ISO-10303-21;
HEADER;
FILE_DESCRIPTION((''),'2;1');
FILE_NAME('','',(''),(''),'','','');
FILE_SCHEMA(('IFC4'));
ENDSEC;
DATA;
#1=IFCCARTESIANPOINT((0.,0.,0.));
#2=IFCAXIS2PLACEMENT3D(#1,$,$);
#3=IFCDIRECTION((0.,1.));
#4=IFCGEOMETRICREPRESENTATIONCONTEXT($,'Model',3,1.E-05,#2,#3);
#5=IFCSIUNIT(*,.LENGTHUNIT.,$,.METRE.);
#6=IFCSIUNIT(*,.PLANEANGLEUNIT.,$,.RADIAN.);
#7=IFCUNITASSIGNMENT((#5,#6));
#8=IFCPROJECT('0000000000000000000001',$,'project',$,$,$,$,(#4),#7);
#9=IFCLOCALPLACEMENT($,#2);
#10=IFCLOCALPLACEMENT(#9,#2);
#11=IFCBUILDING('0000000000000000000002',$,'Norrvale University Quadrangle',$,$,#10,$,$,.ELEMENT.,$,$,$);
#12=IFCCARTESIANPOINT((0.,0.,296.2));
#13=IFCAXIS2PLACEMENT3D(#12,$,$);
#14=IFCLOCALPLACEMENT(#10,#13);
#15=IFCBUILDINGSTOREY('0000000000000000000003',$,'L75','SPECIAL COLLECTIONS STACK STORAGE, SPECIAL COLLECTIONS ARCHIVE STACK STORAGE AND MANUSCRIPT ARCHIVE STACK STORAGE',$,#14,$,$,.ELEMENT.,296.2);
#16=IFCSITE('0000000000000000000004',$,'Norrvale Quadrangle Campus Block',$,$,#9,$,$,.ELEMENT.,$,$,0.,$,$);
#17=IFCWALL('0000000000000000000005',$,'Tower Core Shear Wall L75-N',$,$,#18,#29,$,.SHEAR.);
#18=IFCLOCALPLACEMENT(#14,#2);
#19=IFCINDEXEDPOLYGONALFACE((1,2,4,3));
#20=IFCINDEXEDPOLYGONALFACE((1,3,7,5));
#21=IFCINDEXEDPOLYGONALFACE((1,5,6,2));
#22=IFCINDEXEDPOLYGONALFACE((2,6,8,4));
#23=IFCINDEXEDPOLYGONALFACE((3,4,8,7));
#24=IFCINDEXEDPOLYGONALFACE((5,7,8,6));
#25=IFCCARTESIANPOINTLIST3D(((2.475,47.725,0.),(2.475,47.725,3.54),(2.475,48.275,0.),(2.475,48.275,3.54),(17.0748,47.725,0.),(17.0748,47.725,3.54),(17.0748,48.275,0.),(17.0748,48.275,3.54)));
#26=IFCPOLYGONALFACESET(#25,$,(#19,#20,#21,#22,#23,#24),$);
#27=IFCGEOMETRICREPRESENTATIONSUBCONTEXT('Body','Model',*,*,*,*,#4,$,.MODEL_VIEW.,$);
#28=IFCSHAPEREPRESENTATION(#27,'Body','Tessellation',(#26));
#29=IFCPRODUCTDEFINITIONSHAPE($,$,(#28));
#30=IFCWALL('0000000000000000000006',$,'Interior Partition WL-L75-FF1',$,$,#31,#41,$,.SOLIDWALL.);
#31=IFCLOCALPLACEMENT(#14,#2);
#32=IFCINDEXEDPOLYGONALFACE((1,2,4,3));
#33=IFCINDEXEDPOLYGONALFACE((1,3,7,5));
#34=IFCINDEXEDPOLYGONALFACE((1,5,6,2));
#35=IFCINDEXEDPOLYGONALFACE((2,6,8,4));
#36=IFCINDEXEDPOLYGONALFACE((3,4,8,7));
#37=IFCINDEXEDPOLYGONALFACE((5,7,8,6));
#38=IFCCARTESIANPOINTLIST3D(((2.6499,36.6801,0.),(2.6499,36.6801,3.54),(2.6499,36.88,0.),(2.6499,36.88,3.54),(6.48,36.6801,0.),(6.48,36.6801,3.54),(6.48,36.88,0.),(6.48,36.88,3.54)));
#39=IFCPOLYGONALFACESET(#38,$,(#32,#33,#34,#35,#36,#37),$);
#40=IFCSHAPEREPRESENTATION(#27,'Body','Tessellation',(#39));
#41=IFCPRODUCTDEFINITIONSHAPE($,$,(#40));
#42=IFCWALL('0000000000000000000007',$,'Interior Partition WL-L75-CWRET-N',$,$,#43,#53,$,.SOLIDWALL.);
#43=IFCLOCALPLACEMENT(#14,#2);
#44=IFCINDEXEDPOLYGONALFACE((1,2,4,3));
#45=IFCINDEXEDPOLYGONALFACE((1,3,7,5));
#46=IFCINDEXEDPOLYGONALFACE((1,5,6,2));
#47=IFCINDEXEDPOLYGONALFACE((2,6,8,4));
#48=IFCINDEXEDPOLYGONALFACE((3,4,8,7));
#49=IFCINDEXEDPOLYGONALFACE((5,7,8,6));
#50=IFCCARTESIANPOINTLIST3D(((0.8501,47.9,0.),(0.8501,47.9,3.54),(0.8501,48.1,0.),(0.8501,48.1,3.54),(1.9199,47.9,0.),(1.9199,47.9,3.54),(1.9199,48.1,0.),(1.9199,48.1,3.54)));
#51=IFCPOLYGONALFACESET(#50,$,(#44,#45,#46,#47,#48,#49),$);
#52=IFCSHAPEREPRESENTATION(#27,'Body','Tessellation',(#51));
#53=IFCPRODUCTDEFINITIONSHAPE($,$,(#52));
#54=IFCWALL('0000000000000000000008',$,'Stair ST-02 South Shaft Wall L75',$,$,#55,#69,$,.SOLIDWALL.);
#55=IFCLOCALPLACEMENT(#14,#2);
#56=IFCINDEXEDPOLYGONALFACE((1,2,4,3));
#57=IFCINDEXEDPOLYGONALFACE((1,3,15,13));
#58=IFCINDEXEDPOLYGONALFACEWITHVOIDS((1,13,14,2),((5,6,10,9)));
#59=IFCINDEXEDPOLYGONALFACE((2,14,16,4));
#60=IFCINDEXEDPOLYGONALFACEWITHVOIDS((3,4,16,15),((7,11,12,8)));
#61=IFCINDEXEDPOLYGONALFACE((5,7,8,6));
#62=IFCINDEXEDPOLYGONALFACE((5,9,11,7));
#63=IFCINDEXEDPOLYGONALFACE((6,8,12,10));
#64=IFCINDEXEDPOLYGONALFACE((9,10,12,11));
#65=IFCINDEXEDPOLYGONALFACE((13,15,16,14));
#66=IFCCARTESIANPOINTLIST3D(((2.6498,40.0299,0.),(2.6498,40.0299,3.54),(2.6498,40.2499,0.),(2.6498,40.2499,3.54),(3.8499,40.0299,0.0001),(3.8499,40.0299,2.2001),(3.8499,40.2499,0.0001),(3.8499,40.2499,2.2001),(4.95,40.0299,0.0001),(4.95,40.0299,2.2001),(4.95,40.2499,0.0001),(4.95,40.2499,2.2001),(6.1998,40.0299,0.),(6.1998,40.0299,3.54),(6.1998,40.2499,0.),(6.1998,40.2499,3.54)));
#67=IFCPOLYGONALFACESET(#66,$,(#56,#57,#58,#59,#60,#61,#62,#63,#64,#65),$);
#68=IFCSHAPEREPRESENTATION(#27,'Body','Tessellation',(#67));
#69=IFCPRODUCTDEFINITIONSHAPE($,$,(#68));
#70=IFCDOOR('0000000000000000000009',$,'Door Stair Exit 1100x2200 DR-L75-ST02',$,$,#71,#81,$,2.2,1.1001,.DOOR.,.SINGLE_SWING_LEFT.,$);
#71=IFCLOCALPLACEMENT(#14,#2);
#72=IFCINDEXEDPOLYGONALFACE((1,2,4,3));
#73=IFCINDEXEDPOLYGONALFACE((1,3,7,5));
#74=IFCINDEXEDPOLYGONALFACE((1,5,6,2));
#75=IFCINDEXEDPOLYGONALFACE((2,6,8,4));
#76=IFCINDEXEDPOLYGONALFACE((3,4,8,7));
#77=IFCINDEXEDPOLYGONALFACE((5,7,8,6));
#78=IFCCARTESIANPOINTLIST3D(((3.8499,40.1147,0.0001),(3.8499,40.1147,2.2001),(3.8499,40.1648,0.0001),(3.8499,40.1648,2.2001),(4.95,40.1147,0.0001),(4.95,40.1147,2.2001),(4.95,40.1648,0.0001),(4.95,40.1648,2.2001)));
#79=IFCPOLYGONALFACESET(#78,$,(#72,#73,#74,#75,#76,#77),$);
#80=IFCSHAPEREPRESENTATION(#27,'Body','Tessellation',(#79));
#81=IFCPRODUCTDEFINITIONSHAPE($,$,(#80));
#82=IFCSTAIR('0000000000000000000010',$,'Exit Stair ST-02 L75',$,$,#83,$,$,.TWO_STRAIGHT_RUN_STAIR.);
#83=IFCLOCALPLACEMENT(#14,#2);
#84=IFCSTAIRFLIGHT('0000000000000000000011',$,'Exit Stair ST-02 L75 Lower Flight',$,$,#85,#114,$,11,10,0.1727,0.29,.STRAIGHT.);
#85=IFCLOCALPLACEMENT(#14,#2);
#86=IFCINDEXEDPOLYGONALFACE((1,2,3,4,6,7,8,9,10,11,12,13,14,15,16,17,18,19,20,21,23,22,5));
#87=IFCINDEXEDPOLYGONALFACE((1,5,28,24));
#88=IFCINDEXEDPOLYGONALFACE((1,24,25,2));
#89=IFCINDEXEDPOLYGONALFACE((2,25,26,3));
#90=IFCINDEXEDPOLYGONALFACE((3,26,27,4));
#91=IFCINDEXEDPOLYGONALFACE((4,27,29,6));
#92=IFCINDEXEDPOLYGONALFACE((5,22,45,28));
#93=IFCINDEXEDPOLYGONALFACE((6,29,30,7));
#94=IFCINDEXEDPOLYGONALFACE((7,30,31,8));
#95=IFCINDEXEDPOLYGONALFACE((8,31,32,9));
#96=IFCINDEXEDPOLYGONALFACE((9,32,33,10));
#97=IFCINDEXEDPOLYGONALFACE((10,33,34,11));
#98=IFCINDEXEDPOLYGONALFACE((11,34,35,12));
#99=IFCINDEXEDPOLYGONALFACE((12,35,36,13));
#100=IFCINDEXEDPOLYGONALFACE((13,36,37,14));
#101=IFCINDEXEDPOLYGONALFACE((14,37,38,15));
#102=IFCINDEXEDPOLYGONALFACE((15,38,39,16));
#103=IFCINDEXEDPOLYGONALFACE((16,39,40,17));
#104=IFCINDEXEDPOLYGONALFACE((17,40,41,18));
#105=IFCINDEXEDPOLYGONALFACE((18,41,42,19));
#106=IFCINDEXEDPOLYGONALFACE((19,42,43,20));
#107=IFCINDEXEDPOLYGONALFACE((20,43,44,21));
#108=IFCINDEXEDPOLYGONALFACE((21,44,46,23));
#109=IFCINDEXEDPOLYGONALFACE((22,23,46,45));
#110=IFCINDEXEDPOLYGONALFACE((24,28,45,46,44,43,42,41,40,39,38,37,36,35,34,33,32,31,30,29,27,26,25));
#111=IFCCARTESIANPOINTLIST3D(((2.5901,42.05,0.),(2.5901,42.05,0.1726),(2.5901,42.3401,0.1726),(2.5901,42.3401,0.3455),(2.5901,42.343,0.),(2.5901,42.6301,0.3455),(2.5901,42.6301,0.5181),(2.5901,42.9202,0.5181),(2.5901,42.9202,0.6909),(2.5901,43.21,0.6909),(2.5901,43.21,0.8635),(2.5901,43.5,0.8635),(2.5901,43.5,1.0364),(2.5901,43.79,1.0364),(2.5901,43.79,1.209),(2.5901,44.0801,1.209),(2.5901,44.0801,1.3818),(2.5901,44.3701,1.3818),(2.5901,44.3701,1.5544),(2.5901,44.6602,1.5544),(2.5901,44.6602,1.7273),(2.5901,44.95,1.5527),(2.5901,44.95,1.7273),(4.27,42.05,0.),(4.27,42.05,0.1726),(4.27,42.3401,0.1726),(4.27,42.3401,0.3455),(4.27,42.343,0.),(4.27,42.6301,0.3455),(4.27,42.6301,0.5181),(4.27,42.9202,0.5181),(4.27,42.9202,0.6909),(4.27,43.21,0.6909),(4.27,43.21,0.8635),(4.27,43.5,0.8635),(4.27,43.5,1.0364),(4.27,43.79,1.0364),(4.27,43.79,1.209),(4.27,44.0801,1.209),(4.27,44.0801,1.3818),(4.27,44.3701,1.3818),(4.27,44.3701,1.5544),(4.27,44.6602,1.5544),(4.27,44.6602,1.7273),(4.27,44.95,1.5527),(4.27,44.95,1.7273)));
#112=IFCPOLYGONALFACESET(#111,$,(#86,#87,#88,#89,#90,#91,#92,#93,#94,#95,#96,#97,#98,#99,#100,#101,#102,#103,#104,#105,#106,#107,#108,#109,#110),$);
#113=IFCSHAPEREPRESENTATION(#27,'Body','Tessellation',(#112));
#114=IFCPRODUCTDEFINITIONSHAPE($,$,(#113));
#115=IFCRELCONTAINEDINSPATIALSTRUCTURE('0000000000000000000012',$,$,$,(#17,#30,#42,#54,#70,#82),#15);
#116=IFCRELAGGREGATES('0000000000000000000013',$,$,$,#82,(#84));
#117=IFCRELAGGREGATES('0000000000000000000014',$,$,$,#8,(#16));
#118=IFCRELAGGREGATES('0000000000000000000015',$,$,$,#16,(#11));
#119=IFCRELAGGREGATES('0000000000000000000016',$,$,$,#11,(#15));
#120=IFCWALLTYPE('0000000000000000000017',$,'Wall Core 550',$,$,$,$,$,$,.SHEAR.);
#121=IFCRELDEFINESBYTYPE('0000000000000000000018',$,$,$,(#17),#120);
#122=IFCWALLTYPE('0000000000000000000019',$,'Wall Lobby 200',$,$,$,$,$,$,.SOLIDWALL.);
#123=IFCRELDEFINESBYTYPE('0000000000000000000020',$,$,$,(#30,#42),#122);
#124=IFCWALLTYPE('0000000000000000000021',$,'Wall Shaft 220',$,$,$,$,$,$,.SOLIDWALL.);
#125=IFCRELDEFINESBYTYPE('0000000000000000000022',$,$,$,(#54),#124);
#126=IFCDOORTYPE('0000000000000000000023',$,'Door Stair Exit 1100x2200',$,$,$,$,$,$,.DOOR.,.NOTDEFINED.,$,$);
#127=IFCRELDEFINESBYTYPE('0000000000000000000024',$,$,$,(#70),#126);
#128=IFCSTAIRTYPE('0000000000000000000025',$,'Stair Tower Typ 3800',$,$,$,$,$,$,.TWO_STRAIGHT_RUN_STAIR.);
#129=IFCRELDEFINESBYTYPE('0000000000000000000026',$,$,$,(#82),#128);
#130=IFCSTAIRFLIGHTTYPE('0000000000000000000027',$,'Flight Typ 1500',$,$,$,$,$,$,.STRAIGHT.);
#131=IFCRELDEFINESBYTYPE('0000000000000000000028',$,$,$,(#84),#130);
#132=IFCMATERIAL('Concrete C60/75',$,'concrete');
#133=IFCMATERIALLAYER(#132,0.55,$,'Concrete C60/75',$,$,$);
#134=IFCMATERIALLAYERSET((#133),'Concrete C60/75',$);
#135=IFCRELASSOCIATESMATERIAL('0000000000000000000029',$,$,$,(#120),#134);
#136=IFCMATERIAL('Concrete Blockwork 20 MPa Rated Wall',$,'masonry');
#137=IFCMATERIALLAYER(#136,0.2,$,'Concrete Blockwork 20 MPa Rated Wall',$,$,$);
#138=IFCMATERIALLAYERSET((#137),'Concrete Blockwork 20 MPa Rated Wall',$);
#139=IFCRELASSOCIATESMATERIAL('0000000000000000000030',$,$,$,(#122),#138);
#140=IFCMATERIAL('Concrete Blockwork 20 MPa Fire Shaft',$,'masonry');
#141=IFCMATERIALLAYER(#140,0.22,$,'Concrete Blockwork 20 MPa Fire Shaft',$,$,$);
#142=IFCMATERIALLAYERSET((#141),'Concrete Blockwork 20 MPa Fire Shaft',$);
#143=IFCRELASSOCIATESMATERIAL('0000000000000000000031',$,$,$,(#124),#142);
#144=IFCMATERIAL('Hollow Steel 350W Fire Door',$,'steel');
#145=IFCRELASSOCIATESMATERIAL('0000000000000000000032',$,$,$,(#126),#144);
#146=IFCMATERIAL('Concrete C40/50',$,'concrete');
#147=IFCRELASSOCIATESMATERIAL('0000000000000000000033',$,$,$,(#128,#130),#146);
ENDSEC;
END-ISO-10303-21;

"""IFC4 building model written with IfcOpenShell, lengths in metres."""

from ifc_helpers import new_model, si_unit, direction, frame, frame_2d, origin, place, context, subcontext, project, spatial, polyline, rectangle, outline, extrude, material, layer, layer_set, type_object, element, fill, aggregate, save


model = new_model("IFC4")

# Units and contexts
model_context = context("Model", 3, precision=1e-05, world=origin(), true_north=direction((0.0, 1.0)))
body_context = subcontext(model_context, "Body", "Model", "MODEL_VIEW")
ifc_project = project(units=[si_unit("LENGTHUNIT", "METRE"), si_unit("PLANEANGLEUNIT", "RADIAN")], contexts=[model_context])

# Site, building, storey
site_placement = place(None, origin())
site = spatial("IfcSite", under=ifc_project, at=site_placement, Name="Norrvale Quadrangle Campus Block", CompositionType="ELEMENT", RefElevation=0.0)
building_placement = place(site_placement, origin())
building = spatial("IfcBuilding", under=site, at=building_placement, Name="Norrvale University Quadrangle", CompositionType="ELEMENT")
storey_placement = place(building_placement, frame((0.0, 0.0, 296.2)))
storey = spatial("IfcBuildingStorey", under=building, at=storey_placement, Name="L75", Description="SPECIAL COLLECTIONS STACK STORAGE, SPECIAL COLLECTIONS ARCHIVE STACK STORAGE AND MANUSCRIPT ARCHIVE STACK STORAGE", CompositionType="ELEMENT", Elevation=296.2)

# Shared definitions
ifc_material_1 = material(Name="Concrete C60/75", Category="concrete")

# Walls
ifc_layer_1 = layer(ifc_material_1, 0.55, Name="Concrete C60/75")
ifc_layer_set_1 = layer_set([ifc_layer_1], Name="Concrete C60/75")
wall_type_1 = type_object("IfcWallType", Name="Wall Core 550", PredefinedType="SHEAR", material=ifc_layer_set_1)
wall_1_placement = place(storey_placement, frame((2.4751, 48.0, 0.0), z_axis=(0.0, 0.0, 1.0), x_axis=(1.0, 0.0, 0.0)))
element("IfcWall", 1, at=wall_1_placement, inside=storey, type_object=wall_type_1, Name="Tower Core Shear Wall L75-N", PredefinedType="SHEAR", context=body_context, shape_type="SweptSolid", body=[
    extrude(rectangle(XDim=14.5999, YDim=0.55, at=frame_2d((7.2998, 0.0))), origin(), (0.0, 0.0, 1.0), 3.54),
])
ifc_material_2 = material(Name="Concrete Blockwork 20 MPa Rated Wall", Category="masonry")
ifc_layer_2 = layer(ifc_material_2, 0.2, Name="Concrete Blockwork 20 MPa Rated Wall")
ifc_layer_set_2 = layer_set([ifc_layer_2], Name="Concrete Blockwork 20 MPa Rated Wall")
wall_type_2 = type_object("IfcWallType", Name="Wall Lobby 200", PredefinedType="SOLIDWALL", material=ifc_layer_set_2)
wall_2_placement = place(storey_placement, frame((2.6499, 36.78, 0.0), z_axis=(0.0, 0.0, 1.0), x_axis=(1.0, 0.0, 0.0)))
element("IfcWall", 2, at=wall_2_placement, inside=storey, type_object=wall_type_2, Name="Interior Partition WL-L75-FF1", PredefinedType="SOLIDWALL", context=body_context, shape_type="SweptSolid", body=[
    extrude(rectangle(XDim=3.8301, YDim=0.2, at=frame_2d((1.915, 0.0))), origin(), (0.0, 0.0, 1.0), 3.54),
])
wall_3_placement = place(storey_placement, frame((0.8501, 48.0, 0.0), z_axis=(0.0, 0.0, 1.0), x_axis=(1.0, 0.0, 0.0)))
element("IfcWall", 3, at=wall_3_placement, inside=storey, type_object=wall_type_2, Name="Interior Partition WL-L75-CWRET-N", PredefinedType="SOLIDWALL", context=body_context, shape_type="SweptSolid", body=[
    extrude(rectangle(XDim=1.0698, YDim=0.2, at=frame_2d((0.5349, 0.0))), origin(), (0.0, 0.0, 1.0), 3.54),
])

# Wall, opening, door
ifc_material_3 = material(Name="Concrete Blockwork 20 MPa Fire Shaft", Category="masonry")
ifc_layer_3 = layer(ifc_material_3, 0.22, Name="Concrete Blockwork 20 MPa Fire Shaft")
ifc_layer_set_3 = layer_set([ifc_layer_3], Name="Concrete Blockwork 20 MPa Fire Shaft")
wall_type_3 = type_object("IfcWallType", Name="Wall Shaft 220", PredefinedType="SOLIDWALL", material=ifc_layer_set_3)
wall_4_placement = place(storey_placement, frame((2.6499, 40.1399, 0.0), z_axis=(0.0, 0.0, 1.0), x_axis=(1.0, 0.0, 0.0)))
wall_4 = element("IfcWall", 4, at=wall_4_placement, inside=storey, type_object=wall_type_3, Name="Stair ST-02 South Shaft Wall L75", PredefinedType="SOLIDWALL", context=body_context, shape_type="SweptSolid", body=[
    extrude(rectangle(XDim=3.55, YDim=0.22, at=frame_2d((1.7749, 0.0))), origin(), (0.0, 0.0, 1.0), 3.54),
])
opening_1_placement = place(wall_4_placement, frame((1.2, 0.0, 0.0)))
opening_1 = element("IfcOpeningElement", 5, at=opening_1_placement, cuts=wall_4, PredefinedType="OPENING", context=body_context, shape_type="SweptSolid", body=[
    extrude(rectangle(XDim=1.1001, YDim=2.2, at=frame_2d((0.55, 1.1001))), frame((0.0, 0.1221, 0.0), z_axis=(0.0, -1.0, 0.0), x_axis=(1.0, 0.0, 0.0)), (0.0, 0.0, 1.0), 0.2439),
])
ifc_material_4 = material(Name="Hollow Steel 350W Fire Door", Category="steel")
door_type = type_object("IfcDoorType", Name="Door Stair Exit 1100x2200", OperationType="NOTDEFINED", PredefinedType="DOOR", material=ifc_material_4)
door_placement = place(opening_1_placement, origin())
door = element("IfcDoor", 6, at=door_placement, inside=storey, type_object=door_type, Name="Door Stair Exit 1100x2200 DR-L75-ST02", OperationType="SINGLE_SWING_LEFT", OverallHeight=2.2, OverallWidth=1.1001, PredefinedType="DOOR", context=body_context, shape_type="SweptSolid", body=[
    extrude(rectangle(XDim=1.1001, YDim=2.2, at=frame_2d((0.55, 1.1001))), frame((0.0, 0.0249, 0.0), z_axis=(0.0, -1.0, 0.0), x_axis=(1.0, 0.0, 0.0)), (0.0, 0.0, 1.0), 0.05),
])
fill(opening_1, door)

# Stair, stair flight
ifc_material_5 = material(Name="Concrete C40/50", Category="concrete")
stair_type = type_object("IfcStairType", Name="Stair Tower Typ 3800", PredefinedType="TWO_STRAIGHT_RUN_STAIR", material=ifc_material_5)
stair_placement = place(storey_placement, origin())
stair = element("IfcStair", 7, at=stair_placement, inside=storey, type_object=stair_type, Name="Exit Stair ST-02 L75", PredefinedType="TWO_STRAIGHT_RUN_STAIR")
stair_flight_type = type_object("IfcStairFlightType", Name="Flight Typ 1500", PredefinedType="STRAIGHT", material=ifc_material_5)
stair_flight_placement = place(storey_placement, frame((3.4299, 42.05, 0.0), z_axis=(0.0, 0.0, 1.0), x_axis=(0.0, 1.0, 0.0)))
stair_flight = element("IfcStairFlight", 8, at=stair_flight_placement, type_object=stair_flight_type, Name="Exit Stair ST-02 L75 Lower Flight", NumberOfRisers=11, NumberOfTreads=10, PredefinedType="STRAIGHT", RiserHeight=0.1727, TreadLength=0.29, context=body_context, shape_type="SweptSolid", body=[
    extrude(outline(polyline([(0.0, 0.0), (0.0, 0.1726), (0.29, 0.1726), (0.29, 0.3455), (0.5801, 0.3455), (0.5801, 0.5181), (0.8701, 0.5181), (0.8701, 0.6909), (1.1599, 0.6909), (1.1599, 0.8635), (1.45, 0.8635), (1.45, 1.0364), (1.74, 1.0364), (1.74, 1.209), (2.03, 1.209), (2.03, 1.3818), (2.3201, 1.3818), (2.3201, 1.5544), (2.6101, 1.5544), (2.6101, 1.7273), (2.8999, 1.7273), (2.8999, 1.8999), (2.8999, 1.5527), (0.293, 0.0), (0.0, 0.0)])), frame((0.0, 0.8398, 0.0), z_axis=(0.0, -1.0, 0.0), x_axis=(1.0, 0.0, 0.0)), (0.0, 0.0, 1.0), 1.6799),
])
aggregate(stair, [stair_flight])

save(model, "model.ifc")
